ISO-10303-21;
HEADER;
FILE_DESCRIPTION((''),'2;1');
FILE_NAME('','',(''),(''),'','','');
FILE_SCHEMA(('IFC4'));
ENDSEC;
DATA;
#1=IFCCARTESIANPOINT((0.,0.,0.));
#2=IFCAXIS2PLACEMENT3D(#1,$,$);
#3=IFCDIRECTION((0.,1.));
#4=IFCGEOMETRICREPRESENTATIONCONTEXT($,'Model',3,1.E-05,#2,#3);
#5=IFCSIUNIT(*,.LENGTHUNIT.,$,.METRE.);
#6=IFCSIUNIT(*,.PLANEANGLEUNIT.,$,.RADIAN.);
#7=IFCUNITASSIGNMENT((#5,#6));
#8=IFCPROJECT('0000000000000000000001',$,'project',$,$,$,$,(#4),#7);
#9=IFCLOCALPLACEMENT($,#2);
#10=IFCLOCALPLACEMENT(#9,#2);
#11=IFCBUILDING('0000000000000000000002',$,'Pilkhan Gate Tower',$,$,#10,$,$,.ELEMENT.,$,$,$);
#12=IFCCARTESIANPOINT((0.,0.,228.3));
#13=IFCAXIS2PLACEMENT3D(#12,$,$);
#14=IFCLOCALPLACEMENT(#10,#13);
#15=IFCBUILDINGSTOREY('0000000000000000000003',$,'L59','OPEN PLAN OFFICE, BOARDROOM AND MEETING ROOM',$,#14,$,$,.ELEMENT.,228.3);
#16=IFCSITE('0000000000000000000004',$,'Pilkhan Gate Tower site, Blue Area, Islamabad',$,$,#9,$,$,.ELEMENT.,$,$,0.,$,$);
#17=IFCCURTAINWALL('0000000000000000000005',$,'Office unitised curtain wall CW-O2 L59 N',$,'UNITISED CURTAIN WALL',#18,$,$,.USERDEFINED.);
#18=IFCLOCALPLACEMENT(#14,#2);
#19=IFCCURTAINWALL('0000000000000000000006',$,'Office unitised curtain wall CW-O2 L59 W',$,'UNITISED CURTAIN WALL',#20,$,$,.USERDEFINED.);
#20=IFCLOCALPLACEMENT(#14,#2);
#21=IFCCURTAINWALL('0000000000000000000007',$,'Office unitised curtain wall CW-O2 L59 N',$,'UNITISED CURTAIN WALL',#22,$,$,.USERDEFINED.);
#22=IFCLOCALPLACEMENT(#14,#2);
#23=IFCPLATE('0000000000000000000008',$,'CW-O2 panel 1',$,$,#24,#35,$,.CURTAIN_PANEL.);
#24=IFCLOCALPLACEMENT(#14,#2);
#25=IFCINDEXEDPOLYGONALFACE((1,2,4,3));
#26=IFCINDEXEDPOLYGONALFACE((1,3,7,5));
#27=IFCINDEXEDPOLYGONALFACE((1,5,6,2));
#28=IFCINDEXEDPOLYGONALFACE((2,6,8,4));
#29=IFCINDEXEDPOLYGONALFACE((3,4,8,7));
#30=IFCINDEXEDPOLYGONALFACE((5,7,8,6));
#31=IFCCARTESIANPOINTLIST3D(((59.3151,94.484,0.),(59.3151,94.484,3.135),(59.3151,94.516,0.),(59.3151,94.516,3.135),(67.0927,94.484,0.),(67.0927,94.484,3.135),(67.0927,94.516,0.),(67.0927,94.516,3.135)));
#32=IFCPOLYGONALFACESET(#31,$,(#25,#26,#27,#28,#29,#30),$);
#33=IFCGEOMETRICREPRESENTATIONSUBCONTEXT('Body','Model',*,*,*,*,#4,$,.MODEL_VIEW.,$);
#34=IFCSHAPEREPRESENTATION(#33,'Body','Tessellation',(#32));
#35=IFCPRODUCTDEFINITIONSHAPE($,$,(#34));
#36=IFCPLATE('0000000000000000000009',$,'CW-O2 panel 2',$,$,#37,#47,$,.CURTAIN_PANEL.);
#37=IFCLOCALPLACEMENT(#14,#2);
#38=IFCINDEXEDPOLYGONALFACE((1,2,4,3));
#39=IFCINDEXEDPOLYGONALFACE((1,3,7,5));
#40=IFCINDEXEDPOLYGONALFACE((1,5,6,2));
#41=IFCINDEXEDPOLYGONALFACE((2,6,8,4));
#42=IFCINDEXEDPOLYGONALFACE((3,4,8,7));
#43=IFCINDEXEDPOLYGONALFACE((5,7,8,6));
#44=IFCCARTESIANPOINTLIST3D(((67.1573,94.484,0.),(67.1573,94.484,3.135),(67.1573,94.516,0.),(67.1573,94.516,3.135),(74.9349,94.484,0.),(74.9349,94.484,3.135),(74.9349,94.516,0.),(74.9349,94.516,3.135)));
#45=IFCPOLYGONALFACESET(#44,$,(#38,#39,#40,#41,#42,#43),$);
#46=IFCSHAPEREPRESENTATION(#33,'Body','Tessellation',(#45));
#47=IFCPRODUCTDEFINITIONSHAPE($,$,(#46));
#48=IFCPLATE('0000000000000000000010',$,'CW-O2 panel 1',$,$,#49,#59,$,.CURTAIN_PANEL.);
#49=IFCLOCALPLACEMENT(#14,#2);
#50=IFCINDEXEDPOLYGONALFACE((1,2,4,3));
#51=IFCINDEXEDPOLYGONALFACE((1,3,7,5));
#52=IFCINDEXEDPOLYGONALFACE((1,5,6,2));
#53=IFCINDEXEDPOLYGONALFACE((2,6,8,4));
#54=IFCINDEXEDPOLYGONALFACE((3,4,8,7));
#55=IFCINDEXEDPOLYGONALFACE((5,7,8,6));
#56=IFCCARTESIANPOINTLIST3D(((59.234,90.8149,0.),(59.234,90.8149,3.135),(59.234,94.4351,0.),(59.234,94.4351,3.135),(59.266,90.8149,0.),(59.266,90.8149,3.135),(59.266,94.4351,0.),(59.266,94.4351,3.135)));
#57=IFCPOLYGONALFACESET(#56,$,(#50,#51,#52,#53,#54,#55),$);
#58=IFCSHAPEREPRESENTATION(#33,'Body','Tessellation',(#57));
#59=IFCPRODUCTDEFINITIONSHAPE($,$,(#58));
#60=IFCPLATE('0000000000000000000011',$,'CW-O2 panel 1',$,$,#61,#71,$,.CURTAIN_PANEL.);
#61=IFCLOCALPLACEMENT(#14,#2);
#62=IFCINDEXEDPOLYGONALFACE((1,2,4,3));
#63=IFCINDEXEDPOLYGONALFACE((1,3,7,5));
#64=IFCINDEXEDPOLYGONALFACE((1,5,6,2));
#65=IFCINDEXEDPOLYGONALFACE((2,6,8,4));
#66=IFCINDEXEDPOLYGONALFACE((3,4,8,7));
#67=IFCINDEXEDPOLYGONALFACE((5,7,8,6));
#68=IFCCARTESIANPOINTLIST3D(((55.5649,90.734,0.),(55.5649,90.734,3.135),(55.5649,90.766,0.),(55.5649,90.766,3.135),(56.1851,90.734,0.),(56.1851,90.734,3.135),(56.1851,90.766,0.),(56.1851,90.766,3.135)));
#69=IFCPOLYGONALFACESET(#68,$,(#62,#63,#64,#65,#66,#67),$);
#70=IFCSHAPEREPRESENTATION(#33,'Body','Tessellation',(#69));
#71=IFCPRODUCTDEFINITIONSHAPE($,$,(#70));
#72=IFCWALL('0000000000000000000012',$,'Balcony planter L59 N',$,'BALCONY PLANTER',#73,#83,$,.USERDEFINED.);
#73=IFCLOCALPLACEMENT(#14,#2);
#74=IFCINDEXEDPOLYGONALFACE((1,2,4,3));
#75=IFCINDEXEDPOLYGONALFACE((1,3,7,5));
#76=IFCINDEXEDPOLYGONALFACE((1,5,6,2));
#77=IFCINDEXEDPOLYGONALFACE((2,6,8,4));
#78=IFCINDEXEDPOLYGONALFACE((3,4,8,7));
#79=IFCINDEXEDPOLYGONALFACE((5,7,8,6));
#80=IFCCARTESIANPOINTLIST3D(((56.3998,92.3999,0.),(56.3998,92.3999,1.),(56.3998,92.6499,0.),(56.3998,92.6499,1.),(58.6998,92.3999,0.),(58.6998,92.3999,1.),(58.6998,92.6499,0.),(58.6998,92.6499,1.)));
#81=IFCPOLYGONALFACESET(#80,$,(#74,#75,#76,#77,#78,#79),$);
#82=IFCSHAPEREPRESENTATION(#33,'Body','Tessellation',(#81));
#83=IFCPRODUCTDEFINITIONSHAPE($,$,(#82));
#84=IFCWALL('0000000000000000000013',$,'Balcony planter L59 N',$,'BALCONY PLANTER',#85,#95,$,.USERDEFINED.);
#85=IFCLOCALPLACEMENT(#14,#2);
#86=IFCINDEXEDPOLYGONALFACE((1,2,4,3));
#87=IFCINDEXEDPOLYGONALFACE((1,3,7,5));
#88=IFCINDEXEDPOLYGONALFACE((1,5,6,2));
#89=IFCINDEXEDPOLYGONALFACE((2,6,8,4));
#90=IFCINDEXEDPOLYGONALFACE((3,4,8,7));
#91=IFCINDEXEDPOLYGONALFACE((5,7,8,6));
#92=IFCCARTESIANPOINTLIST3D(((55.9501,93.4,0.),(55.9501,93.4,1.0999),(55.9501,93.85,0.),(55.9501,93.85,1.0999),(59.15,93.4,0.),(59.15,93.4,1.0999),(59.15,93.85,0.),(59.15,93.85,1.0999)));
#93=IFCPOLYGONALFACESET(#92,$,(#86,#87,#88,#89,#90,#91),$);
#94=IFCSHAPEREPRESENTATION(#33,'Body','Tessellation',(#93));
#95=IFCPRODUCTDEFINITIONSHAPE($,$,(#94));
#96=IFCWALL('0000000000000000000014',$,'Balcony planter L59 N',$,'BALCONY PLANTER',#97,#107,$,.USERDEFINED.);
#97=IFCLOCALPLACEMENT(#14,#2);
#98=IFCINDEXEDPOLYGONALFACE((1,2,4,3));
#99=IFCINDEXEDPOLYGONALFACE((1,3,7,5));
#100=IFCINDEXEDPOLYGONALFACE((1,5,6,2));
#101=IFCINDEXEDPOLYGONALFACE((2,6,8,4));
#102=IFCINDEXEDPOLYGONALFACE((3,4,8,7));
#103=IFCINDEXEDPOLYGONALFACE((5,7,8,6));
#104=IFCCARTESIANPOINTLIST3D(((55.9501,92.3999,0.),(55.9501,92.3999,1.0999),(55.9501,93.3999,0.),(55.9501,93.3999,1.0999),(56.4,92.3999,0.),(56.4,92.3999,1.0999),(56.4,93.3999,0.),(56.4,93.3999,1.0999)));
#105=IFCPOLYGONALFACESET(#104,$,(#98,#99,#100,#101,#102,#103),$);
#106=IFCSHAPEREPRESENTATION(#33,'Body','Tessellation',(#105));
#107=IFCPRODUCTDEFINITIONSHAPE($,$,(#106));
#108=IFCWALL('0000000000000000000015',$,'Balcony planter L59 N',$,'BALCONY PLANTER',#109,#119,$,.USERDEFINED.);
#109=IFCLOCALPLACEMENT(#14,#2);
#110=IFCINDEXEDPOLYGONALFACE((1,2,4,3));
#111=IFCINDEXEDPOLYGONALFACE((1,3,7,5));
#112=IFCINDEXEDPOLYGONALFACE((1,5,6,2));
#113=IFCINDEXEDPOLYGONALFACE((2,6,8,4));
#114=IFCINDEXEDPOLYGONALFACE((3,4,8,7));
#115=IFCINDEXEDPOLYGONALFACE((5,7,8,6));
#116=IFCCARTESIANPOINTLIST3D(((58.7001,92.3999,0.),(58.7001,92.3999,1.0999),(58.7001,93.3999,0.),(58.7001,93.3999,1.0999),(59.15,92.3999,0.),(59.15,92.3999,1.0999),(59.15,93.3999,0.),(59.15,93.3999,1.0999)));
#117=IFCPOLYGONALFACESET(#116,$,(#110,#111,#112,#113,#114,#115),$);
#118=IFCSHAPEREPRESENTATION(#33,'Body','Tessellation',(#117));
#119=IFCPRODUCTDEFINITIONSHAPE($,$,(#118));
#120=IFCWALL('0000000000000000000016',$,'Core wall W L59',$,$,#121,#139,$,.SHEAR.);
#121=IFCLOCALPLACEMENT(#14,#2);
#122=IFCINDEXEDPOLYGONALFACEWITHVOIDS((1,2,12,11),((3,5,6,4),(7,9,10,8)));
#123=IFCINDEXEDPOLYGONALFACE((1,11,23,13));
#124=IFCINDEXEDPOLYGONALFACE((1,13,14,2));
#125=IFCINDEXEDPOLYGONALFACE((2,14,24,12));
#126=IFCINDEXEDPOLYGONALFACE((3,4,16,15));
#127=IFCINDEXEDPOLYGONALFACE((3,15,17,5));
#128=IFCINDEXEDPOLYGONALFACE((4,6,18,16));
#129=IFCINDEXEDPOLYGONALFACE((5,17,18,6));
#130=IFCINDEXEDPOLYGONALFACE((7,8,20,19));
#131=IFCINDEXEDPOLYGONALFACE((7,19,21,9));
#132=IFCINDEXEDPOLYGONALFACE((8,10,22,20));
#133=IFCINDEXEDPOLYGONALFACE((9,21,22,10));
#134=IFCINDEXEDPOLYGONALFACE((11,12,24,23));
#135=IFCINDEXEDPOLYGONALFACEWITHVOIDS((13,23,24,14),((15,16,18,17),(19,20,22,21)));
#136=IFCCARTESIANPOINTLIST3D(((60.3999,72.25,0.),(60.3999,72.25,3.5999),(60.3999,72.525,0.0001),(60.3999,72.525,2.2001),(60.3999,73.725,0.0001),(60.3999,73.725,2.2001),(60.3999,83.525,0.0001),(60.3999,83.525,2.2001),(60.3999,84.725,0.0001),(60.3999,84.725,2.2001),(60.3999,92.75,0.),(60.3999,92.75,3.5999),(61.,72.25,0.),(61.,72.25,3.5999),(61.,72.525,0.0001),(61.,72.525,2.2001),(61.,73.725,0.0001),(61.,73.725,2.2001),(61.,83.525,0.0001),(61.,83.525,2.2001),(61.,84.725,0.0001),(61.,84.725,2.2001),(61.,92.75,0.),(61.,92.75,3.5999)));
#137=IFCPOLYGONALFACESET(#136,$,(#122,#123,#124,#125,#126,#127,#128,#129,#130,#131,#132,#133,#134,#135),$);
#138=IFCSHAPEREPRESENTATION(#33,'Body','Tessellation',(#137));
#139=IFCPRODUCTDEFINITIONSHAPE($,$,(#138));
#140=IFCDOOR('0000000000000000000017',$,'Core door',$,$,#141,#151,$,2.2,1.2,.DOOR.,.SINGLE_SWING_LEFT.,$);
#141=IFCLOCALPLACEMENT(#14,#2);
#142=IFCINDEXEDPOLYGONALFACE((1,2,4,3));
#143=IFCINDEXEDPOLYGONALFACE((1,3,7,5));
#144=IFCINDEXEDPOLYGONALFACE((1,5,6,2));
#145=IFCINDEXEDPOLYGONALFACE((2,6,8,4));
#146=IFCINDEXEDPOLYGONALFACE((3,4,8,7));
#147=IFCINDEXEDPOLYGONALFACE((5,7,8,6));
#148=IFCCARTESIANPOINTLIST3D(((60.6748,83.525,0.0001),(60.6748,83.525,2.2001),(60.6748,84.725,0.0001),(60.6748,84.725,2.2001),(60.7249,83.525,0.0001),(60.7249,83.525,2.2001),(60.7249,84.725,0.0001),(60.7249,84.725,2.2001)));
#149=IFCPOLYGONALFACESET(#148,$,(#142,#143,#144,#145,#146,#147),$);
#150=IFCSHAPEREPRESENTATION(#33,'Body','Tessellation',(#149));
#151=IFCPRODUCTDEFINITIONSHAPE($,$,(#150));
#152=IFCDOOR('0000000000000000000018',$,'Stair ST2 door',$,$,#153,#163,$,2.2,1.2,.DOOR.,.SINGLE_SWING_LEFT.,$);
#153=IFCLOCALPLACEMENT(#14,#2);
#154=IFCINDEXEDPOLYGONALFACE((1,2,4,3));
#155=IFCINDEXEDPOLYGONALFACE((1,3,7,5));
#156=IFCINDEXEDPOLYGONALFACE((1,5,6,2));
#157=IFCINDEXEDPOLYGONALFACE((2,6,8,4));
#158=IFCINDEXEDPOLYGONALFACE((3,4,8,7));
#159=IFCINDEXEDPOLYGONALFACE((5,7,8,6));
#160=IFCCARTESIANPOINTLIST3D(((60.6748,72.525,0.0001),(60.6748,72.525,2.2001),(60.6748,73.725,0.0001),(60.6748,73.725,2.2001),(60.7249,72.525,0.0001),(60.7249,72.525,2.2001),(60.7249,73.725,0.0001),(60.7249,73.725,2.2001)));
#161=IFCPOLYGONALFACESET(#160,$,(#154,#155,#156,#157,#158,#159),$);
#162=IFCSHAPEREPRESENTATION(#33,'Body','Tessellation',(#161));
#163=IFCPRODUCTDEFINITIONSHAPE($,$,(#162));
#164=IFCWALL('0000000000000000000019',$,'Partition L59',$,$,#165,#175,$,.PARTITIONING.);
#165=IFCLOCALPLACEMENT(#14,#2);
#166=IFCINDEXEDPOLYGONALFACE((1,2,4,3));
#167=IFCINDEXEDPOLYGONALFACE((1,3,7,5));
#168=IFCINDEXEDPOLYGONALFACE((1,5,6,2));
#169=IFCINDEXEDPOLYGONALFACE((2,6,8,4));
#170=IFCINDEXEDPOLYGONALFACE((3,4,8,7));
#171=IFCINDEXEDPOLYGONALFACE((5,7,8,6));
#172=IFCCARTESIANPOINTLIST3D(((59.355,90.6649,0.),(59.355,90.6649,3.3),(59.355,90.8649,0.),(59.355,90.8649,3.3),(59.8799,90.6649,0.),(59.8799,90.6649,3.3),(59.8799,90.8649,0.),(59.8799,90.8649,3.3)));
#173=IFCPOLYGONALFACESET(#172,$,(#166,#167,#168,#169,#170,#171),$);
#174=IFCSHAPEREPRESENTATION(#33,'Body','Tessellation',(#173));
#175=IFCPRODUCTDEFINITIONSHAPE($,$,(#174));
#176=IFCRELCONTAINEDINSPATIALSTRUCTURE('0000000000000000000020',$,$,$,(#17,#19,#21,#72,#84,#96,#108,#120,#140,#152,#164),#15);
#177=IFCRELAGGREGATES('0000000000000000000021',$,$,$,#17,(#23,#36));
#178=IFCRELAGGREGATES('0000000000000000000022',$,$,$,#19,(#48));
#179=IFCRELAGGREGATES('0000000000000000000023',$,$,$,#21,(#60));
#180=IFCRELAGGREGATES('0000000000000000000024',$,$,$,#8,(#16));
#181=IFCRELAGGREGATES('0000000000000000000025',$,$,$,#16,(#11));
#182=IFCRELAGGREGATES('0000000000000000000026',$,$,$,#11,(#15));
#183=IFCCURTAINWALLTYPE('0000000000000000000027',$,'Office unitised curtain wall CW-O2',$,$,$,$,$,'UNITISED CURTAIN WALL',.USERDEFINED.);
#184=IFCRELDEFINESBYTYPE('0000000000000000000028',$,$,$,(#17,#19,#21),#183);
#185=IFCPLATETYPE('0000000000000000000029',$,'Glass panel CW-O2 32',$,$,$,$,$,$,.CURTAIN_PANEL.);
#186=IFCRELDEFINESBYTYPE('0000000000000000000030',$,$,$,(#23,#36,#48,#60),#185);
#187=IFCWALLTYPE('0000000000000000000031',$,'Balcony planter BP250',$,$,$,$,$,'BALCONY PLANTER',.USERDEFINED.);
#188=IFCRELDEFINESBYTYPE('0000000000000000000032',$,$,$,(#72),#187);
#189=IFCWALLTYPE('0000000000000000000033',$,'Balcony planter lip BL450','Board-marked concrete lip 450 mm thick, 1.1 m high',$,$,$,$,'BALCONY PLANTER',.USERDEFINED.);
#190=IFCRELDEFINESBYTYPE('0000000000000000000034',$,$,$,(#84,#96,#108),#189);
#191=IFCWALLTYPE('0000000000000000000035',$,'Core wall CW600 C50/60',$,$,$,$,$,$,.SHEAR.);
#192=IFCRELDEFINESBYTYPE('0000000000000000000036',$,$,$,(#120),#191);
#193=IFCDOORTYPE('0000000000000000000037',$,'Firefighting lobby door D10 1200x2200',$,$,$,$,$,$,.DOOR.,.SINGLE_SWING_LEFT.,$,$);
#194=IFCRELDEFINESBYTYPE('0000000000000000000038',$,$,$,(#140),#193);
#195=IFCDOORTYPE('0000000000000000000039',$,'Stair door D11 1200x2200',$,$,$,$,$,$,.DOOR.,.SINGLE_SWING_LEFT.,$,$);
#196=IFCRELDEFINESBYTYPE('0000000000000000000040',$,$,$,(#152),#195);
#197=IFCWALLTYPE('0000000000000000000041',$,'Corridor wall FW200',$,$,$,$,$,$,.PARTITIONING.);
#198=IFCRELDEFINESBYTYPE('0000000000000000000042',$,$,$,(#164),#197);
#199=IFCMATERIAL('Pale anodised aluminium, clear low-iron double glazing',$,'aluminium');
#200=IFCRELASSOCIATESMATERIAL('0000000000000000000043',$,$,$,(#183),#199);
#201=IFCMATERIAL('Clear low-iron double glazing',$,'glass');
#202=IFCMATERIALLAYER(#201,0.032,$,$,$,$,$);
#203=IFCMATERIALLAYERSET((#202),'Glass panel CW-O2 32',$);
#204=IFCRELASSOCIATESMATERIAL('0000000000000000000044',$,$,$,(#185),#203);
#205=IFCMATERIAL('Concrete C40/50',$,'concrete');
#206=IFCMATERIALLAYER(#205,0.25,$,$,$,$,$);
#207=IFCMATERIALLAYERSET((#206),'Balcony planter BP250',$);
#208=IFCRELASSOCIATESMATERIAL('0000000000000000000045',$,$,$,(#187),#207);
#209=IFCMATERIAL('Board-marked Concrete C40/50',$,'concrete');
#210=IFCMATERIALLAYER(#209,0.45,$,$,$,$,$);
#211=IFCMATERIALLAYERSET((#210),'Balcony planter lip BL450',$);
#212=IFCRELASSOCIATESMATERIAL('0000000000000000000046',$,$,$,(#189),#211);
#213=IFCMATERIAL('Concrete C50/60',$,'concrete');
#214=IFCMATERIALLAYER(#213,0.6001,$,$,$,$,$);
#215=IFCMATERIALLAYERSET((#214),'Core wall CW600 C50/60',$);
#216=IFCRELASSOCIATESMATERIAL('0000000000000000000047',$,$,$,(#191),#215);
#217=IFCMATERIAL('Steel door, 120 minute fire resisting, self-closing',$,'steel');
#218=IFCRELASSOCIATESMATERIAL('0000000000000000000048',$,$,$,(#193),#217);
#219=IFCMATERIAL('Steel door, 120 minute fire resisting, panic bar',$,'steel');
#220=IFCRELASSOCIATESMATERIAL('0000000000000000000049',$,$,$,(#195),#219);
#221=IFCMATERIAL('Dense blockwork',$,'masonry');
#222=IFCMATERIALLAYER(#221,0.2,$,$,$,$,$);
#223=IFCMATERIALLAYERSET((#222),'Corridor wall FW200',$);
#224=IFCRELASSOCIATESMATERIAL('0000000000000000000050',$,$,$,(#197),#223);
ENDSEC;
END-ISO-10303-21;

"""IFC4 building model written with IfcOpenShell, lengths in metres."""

from ifc_helpers import new_model, si_unit, direction, frame, frame_2d, origin, origin_2d, place, context, subcontext, project, spatial, rectangle, extrude, material, layer, layer_set, type_object, element, fill, aggregate, save


model = new_model("IFC4")

# Units and contexts
model_context = context("Model", 3, precision=1e-05, world=origin(), true_north=direction((0.0, 1.0)))
body_context = subcontext(model_context, "Body", "Model", "MODEL_VIEW")
ifc_project = project(units=[si_unit("LENGTHUNIT", "METRE"), si_unit("PLANEANGLEUNIT", "RADIAN")], contexts=[model_context])

# Site, building, storey
site_placement = place(None, origin())
site = spatial("IfcSite", under=ifc_project, at=site_placement, Name="Pilkhan Gate Tower site, Blue Area, Islamabad", CompositionType="ELEMENT", RefElevation=0.0)
building_placement = place(site_placement, origin())
building = spatial("IfcBuilding", under=site, at=building_placement, Name="Pilkhan Gate Tower", CompositionType="ELEMENT")
storey_placement = place(building_placement, frame((0.0, 0.0, 228.3)))
storey = spatial("IfcBuildingStorey", under=building, at=storey_placement, Name="L59", Description="OPEN PLAN OFFICE, BOARDROOM AND MEETING ROOM", CompositionType="ELEMENT", Elevation=228.3)

# Shared definitions
ifc_material_1 = material(Name="Concrete C50/60", Category="concrete")

# Curtain walls
ifc_material_2 = material(Name="Pale anodised aluminium, clear low-iron double glazing", Category="aluminium")
curtain_wall_type = type_object("IfcCurtainWallType", Name="Office unitised curtain wall CW-O2", ElementType="UNITISED CURTAIN WALL", PredefinedType="USERDEFINED", material=ifc_material_2)
curtain_wall_1_placement = place(storey_placement, origin())
curtain_wall_1 = element("IfcCurtainWall", 1, at=curtain_wall_1_placement, inside=storey, type_object=curtain_wall_type, Name="Office unitised curtain wall CW-O2 L59 N", ObjectType="UNITISED CURTAIN WALL", PredefinedType="USERDEFINED")
curtain_wall_2_placement = place(storey_placement, origin())
curtain_wall_2 = element("IfcCurtainWall", 2, at=curtain_wall_2_placement, inside=storey, type_object=curtain_wall_type, Name="Office unitised curtain wall CW-O2 L59 W", ObjectType="UNITISED CURTAIN WALL", PredefinedType="USERDEFINED")
curtain_wall_3_placement = place(storey_placement, origin())
curtain_wall_3 = element("IfcCurtainWall", 3, at=curtain_wall_3_placement, inside=storey, type_object=curtain_wall_type, Name="Office unitised curtain wall CW-O2 L59 N", ObjectType="UNITISED CURTAIN WALL", PredefinedType="USERDEFINED")

# Plates
ifc_material_3 = material(Name="Clear low-iron double glazing", Category="glass")
ifc_layer_1 = layer(ifc_material_3, 0.032)
ifc_layer_set_1 = layer_set([ifc_layer_1], Name="Glass panel CW-O2 32")
plate_type = type_object("IfcPlateType", Name="Glass panel CW-O2 32", PredefinedType="CURTAIN_PANEL", material=ifc_layer_set_1)
plate_1_placement = place(storey_placement, frame((63.2039, 94.5, 0.0), z_axis=(0.0, 0.0, 1.0), x_axis=(1.0, 0.0, 0.0)))
plate_1 = element("IfcPlate", 4, at=plate_1_placement, type_object=plate_type, Name="CW-O2 panel 1", PredefinedType="CURTAIN_PANEL", context=body_context, shape_type="SweptSolid", body=[
    extrude(rectangle(XDim=7.7776, YDim=0.032, at=origin_2d()), origin(), (0.0, 0.0, 1.0), 3.135),
])
plate_2_placement = place(storey_placement, frame((71.0461, 94.5, 0.0), z_axis=(0.0, 0.0, 1.0), x_axis=(1.0, 0.0, 0.0)))
plate_2 = element("IfcPlate", 5, at=plate_2_placement, type_object=plate_type, Name="CW-O2 panel 2", PredefinedType="CURTAIN_PANEL", context=body_context, shape_type="SweptSolid", body=[
    extrude(rectangle(XDim=7.7776, YDim=0.032, at=origin_2d()), origin(), (0.0, 0.0, 1.0), 3.135),
])
aggregate(curtain_wall_1, [plate_1, plate_2])
plate_3_placement = place(storey_placement, frame((59.25, 92.625, 0.0), z_axis=(0.0, 0.0, 1.0), x_axis=(0.0, 1.0, 0.0)))
plate_3 = element("IfcPlate", 6, at=plate_3_placement, type_object=plate_type, Name="CW-O2 panel 1", PredefinedType="CURTAIN_PANEL", context=body_context, shape_type="SweptSolid", body=[
    extrude(rectangle(XDim=3.6201, YDim=0.032, at=origin_2d()), origin(), (0.0, 0.0, 1.0), 3.135),
])
aggregate(curtain_wall_2, [plate_3])
plate_4_placement = place(storey_placement, frame((55.875, 90.75, 0.0), z_axis=(0.0, 0.0, 1.0), x_axis=(1.0, 0.0, 0.0)))
plate_4 = element("IfcPlate", 7, at=plate_4_placement, type_object=plate_type, Name="CW-O2 panel 1", PredefinedType="CURTAIN_PANEL", context=body_context, shape_type="SweptSolid", body=[
    extrude(rectangle(XDim=0.6201, YDim=0.032, at=origin_2d()), origin(), (0.0, 0.0, 1.0), 3.135),
])
aggregate(curtain_wall_3, [plate_4])

# Walls
ifc_material_4 = material(Name="Concrete C40/50", Category="concrete")
ifc_layer_2 = layer(ifc_material_4, 0.25)
ifc_layer_set_2 = layer_set([ifc_layer_2], Name="Balcony planter BP250")
wall_type_1 = type_object("IfcWallType", Name="Balcony planter BP250", ElementType="BALCONY PLANTER", PredefinedType="USERDEFINED", material=ifc_layer_set_2)
wall_1_placement = place(storey_placement, frame((56.3999, 92.5249, 0.0), z_axis=(0.0, 0.0, 1.0), x_axis=(1.0, 0.0, 0.0)))
element("IfcWall", 8, at=wall_1_placement, inside=storey, type_object=wall_type_1, Name="Balcony planter L59 N", ObjectType="BALCONY PLANTER", PredefinedType="USERDEFINED", context=body_context, shape_type="SweptSolid", body=[
    extrude(rectangle(XDim=2.3, YDim=0.25, at=frame_2d((1.1499, 0.0))), origin(), (0.0, 0.0, 1.0), 1.0),
])
ifc_material_5 = material(Name="Board-marked Concrete C40/50", Category="concrete")
ifc_layer_3 = layer(ifc_material_5, 0.45)
ifc_layer_set_3 = layer_set([ifc_layer_3], Name="Balcony planter lip BL450")
wall_type_2 = type_object("IfcWallType", Name="Balcony planter lip BL450", Description="Board-marked concrete lip 450 mm thick, 1.1 m high", ElementType="BALCONY PLANTER", PredefinedType="USERDEFINED", material=ifc_layer_set_3)
wall_2_placement = place(storey_placement, frame((55.95, 93.625, 0.0), z_axis=(0.0, 0.0, 1.0), x_axis=(1.0, 0.0, 0.0)))
element("IfcWall", 9, at=wall_2_placement, inside=storey, type_object=wall_type_2, Name="Balcony planter L59 N", ObjectType="BALCONY PLANTER", PredefinedType="USERDEFINED", context=body_context, shape_type="SweptSolid", body=[
    extrude(rectangle(XDim=3.2, YDim=0.45, at=frame_2d((1.6001, 0.0))), origin(), (0.0, 0.0, 1.0), 1.0999),
])
for number, where, z_axis, x_axis, name in (
    (10, (56.175, 92.3999, 0.0), (0.0, 0.0, 1.0), (0.0, 1.0, 0.0), "Balcony planter L59 N"),
    (11, (58.925, 92.3999, 0.0), (0.0, 0.0, 1.0), (0.0, 1.0, 0.0), "Balcony planter L59 N"),
):
    element("IfcWall", number, at=place(storey_placement, frame(where, z_axis=z_axis, x_axis=x_axis)), inside=storey, type_object=wall_type_2, Name=name, ObjectType="BALCONY PLANTER", PredefinedType="USERDEFINED", context=body_context, shape_type="SweptSolid", body=[
        extrude(rectangle(XDim=1.0, YDim=0.45, at=frame_2d((0.5, 0.0))), origin(), (0.0, 0.0, 1.0), 1.0999),
    ])

# Wall, openings, doors
ifc_layer_4 = layer(ifc_material_1, 0.6001)
ifc_layer_set_4 = layer_set([ifc_layer_4], Name="Core wall CW600 C50/60")
wall_type_3 = type_object("IfcWallType", Name="Core wall CW600 C50/60", PredefinedType="SHEAR", material=ifc_layer_set_4)
wall_3_placement = place(storey_placement, frame((60.7, 92.75, 0.0), z_axis=(0.0, 0.0, 1.0), x_axis=(0.0, -1.0, 0.0)))
wall_3 = element("IfcWall", 12, at=wall_3_placement, inside=storey, type_object=wall_type_3, Name="Core wall W L59", PredefinedType="SHEAR", context=body_context, shape_type="SweptSolid", body=[
    extrude(rectangle(XDim=20.5, YDim=0.6001, at=frame_2d((10.25, 0.0))), origin(), (0.0, 0.0, 1.0), 3.5999),
])
opening_1_placement = place(wall_3_placement, frame((19.0249, 0.0, 0.0)))
opening_1 = element("IfcOpeningElement", 13, at=opening_1_placement, cuts=wall_3, PredefinedType="OPENING", context=body_context, shape_type="SweptSolid", body=[
    extrude(rectangle(XDim=1.2, YDim=2.2, at=frame_2d((0.6001, 1.1001))), frame((0.0, 0.3101, 0.0), z_axis=(0.0, -1.0, 0.0), x_axis=(1.0, 0.0, 0.0)), (0.0, 0.0, 1.0), 0.6201),
])
opening_2_placement = place(wall_3_placement, frame((8.0249, 0.0, 0.0)))
opening_2 = element("IfcOpeningElement", 14, at=opening_2_placement, cuts=wall_3, PredefinedType="OPENING", context=body_context, shape_type="SweptSolid", body=[
    extrude(rectangle(XDim=1.2, YDim=2.2, at=frame_2d((0.6001, 1.1001))), frame((0.0, 0.3101, 0.0), z_axis=(0.0, -1.0, 0.0), x_axis=(1.0, 0.0, 0.0)), (0.0, 0.0, 1.0), 0.6201),
])
ifc_material_6 = material(Name="Steel door, 120 minute fire resisting, self-closing", Category="steel")
door_type_1 = type_object("IfcDoorType", Name="Firefighting lobby door D10 1200x2200", OperationType="SINGLE_SWING_LEFT", PredefinedType="DOOR", material=ifc_material_6)
door_1_placement = place(opening_2_placement, origin())
door_1 = element("IfcDoor", 15, at=door_1_placement, inside=storey, type_object=door_type_1, Name="Core door", OperationType="SINGLE_SWING_LEFT", OverallHeight=2.2, OverallWidth=1.2, PredefinedType="DOOR", context=body_context, shape_type="SweptSolid", body=[
    extrude(rectangle(XDim=1.2, YDim=2.2, at=frame_2d((0.6001, 1.1001))), frame((0.0, 0.0249, 0.0), z_axis=(0.0, -1.0, 0.0), x_axis=(1.0, 0.0, 0.0)), (0.0, 0.0, 1.0), 0.05),
])
fill(opening_2, door_1)
ifc_material_7 = material(Name="Steel door, 120 minute fire resisting, panic bar", Category="steel")
door_type_2 = type_object("IfcDoorType", Name="Stair door D11 1200x2200", OperationType="SINGLE_SWING_LEFT", PredefinedType="DOOR", material=ifc_material_7)
door_2_placement = place(opening_1_placement, origin())
door_2 = element("IfcDoor", 16, at=door_2_placement, inside=storey, type_object=door_type_2, Name="Stair ST2 door", OperationType="SINGLE_SWING_LEFT", OverallHeight=2.2, OverallWidth=1.2, PredefinedType="DOOR", context=body_context, shape_type="SweptSolid", body=[
    extrude(rectangle(XDim=1.2, YDim=2.2, at=frame_2d((0.6001, 1.1001))), frame((0.0, 0.0249, 0.0), z_axis=(0.0, -1.0, 0.0), x_axis=(1.0, 0.0, 0.0)), (0.0, 0.0, 1.0), 0.05),
])
fill(opening_1, door_2)

# Wall
ifc_material_8 = material(Name="Dense blockwork", Category="masonry")
ifc_layer_5 = layer(ifc_material_8, 0.2)
ifc_layer_set_5 = layer_set([ifc_layer_5], Name="Corridor wall FW200")
wall_type_4 = type_object("IfcWallType", Name="Corridor wall FW200", PredefinedType="PARTITIONING", material=ifc_layer_set_5)
wall_4_placement = place(storey_placement, frame((59.355, 90.7649, 0.0), z_axis=(0.0, 0.0, 1.0), x_axis=(1.0, 0.0, 0.0)))
element("IfcWall", 17, at=wall_4_placement, inside=storey, type_object=wall_type_4, Name="Partition L59", PredefinedType="PARTITIONING", context=body_context, shape_type="SweptSolid", body=[
    extrude(rectangle(XDim=0.5249, YDim=0.2, at=frame_2d((0.2625, 0.0))), origin(), (0.0, 0.0, 1.0), 3.3),
])

save(model, "model.ifc")
